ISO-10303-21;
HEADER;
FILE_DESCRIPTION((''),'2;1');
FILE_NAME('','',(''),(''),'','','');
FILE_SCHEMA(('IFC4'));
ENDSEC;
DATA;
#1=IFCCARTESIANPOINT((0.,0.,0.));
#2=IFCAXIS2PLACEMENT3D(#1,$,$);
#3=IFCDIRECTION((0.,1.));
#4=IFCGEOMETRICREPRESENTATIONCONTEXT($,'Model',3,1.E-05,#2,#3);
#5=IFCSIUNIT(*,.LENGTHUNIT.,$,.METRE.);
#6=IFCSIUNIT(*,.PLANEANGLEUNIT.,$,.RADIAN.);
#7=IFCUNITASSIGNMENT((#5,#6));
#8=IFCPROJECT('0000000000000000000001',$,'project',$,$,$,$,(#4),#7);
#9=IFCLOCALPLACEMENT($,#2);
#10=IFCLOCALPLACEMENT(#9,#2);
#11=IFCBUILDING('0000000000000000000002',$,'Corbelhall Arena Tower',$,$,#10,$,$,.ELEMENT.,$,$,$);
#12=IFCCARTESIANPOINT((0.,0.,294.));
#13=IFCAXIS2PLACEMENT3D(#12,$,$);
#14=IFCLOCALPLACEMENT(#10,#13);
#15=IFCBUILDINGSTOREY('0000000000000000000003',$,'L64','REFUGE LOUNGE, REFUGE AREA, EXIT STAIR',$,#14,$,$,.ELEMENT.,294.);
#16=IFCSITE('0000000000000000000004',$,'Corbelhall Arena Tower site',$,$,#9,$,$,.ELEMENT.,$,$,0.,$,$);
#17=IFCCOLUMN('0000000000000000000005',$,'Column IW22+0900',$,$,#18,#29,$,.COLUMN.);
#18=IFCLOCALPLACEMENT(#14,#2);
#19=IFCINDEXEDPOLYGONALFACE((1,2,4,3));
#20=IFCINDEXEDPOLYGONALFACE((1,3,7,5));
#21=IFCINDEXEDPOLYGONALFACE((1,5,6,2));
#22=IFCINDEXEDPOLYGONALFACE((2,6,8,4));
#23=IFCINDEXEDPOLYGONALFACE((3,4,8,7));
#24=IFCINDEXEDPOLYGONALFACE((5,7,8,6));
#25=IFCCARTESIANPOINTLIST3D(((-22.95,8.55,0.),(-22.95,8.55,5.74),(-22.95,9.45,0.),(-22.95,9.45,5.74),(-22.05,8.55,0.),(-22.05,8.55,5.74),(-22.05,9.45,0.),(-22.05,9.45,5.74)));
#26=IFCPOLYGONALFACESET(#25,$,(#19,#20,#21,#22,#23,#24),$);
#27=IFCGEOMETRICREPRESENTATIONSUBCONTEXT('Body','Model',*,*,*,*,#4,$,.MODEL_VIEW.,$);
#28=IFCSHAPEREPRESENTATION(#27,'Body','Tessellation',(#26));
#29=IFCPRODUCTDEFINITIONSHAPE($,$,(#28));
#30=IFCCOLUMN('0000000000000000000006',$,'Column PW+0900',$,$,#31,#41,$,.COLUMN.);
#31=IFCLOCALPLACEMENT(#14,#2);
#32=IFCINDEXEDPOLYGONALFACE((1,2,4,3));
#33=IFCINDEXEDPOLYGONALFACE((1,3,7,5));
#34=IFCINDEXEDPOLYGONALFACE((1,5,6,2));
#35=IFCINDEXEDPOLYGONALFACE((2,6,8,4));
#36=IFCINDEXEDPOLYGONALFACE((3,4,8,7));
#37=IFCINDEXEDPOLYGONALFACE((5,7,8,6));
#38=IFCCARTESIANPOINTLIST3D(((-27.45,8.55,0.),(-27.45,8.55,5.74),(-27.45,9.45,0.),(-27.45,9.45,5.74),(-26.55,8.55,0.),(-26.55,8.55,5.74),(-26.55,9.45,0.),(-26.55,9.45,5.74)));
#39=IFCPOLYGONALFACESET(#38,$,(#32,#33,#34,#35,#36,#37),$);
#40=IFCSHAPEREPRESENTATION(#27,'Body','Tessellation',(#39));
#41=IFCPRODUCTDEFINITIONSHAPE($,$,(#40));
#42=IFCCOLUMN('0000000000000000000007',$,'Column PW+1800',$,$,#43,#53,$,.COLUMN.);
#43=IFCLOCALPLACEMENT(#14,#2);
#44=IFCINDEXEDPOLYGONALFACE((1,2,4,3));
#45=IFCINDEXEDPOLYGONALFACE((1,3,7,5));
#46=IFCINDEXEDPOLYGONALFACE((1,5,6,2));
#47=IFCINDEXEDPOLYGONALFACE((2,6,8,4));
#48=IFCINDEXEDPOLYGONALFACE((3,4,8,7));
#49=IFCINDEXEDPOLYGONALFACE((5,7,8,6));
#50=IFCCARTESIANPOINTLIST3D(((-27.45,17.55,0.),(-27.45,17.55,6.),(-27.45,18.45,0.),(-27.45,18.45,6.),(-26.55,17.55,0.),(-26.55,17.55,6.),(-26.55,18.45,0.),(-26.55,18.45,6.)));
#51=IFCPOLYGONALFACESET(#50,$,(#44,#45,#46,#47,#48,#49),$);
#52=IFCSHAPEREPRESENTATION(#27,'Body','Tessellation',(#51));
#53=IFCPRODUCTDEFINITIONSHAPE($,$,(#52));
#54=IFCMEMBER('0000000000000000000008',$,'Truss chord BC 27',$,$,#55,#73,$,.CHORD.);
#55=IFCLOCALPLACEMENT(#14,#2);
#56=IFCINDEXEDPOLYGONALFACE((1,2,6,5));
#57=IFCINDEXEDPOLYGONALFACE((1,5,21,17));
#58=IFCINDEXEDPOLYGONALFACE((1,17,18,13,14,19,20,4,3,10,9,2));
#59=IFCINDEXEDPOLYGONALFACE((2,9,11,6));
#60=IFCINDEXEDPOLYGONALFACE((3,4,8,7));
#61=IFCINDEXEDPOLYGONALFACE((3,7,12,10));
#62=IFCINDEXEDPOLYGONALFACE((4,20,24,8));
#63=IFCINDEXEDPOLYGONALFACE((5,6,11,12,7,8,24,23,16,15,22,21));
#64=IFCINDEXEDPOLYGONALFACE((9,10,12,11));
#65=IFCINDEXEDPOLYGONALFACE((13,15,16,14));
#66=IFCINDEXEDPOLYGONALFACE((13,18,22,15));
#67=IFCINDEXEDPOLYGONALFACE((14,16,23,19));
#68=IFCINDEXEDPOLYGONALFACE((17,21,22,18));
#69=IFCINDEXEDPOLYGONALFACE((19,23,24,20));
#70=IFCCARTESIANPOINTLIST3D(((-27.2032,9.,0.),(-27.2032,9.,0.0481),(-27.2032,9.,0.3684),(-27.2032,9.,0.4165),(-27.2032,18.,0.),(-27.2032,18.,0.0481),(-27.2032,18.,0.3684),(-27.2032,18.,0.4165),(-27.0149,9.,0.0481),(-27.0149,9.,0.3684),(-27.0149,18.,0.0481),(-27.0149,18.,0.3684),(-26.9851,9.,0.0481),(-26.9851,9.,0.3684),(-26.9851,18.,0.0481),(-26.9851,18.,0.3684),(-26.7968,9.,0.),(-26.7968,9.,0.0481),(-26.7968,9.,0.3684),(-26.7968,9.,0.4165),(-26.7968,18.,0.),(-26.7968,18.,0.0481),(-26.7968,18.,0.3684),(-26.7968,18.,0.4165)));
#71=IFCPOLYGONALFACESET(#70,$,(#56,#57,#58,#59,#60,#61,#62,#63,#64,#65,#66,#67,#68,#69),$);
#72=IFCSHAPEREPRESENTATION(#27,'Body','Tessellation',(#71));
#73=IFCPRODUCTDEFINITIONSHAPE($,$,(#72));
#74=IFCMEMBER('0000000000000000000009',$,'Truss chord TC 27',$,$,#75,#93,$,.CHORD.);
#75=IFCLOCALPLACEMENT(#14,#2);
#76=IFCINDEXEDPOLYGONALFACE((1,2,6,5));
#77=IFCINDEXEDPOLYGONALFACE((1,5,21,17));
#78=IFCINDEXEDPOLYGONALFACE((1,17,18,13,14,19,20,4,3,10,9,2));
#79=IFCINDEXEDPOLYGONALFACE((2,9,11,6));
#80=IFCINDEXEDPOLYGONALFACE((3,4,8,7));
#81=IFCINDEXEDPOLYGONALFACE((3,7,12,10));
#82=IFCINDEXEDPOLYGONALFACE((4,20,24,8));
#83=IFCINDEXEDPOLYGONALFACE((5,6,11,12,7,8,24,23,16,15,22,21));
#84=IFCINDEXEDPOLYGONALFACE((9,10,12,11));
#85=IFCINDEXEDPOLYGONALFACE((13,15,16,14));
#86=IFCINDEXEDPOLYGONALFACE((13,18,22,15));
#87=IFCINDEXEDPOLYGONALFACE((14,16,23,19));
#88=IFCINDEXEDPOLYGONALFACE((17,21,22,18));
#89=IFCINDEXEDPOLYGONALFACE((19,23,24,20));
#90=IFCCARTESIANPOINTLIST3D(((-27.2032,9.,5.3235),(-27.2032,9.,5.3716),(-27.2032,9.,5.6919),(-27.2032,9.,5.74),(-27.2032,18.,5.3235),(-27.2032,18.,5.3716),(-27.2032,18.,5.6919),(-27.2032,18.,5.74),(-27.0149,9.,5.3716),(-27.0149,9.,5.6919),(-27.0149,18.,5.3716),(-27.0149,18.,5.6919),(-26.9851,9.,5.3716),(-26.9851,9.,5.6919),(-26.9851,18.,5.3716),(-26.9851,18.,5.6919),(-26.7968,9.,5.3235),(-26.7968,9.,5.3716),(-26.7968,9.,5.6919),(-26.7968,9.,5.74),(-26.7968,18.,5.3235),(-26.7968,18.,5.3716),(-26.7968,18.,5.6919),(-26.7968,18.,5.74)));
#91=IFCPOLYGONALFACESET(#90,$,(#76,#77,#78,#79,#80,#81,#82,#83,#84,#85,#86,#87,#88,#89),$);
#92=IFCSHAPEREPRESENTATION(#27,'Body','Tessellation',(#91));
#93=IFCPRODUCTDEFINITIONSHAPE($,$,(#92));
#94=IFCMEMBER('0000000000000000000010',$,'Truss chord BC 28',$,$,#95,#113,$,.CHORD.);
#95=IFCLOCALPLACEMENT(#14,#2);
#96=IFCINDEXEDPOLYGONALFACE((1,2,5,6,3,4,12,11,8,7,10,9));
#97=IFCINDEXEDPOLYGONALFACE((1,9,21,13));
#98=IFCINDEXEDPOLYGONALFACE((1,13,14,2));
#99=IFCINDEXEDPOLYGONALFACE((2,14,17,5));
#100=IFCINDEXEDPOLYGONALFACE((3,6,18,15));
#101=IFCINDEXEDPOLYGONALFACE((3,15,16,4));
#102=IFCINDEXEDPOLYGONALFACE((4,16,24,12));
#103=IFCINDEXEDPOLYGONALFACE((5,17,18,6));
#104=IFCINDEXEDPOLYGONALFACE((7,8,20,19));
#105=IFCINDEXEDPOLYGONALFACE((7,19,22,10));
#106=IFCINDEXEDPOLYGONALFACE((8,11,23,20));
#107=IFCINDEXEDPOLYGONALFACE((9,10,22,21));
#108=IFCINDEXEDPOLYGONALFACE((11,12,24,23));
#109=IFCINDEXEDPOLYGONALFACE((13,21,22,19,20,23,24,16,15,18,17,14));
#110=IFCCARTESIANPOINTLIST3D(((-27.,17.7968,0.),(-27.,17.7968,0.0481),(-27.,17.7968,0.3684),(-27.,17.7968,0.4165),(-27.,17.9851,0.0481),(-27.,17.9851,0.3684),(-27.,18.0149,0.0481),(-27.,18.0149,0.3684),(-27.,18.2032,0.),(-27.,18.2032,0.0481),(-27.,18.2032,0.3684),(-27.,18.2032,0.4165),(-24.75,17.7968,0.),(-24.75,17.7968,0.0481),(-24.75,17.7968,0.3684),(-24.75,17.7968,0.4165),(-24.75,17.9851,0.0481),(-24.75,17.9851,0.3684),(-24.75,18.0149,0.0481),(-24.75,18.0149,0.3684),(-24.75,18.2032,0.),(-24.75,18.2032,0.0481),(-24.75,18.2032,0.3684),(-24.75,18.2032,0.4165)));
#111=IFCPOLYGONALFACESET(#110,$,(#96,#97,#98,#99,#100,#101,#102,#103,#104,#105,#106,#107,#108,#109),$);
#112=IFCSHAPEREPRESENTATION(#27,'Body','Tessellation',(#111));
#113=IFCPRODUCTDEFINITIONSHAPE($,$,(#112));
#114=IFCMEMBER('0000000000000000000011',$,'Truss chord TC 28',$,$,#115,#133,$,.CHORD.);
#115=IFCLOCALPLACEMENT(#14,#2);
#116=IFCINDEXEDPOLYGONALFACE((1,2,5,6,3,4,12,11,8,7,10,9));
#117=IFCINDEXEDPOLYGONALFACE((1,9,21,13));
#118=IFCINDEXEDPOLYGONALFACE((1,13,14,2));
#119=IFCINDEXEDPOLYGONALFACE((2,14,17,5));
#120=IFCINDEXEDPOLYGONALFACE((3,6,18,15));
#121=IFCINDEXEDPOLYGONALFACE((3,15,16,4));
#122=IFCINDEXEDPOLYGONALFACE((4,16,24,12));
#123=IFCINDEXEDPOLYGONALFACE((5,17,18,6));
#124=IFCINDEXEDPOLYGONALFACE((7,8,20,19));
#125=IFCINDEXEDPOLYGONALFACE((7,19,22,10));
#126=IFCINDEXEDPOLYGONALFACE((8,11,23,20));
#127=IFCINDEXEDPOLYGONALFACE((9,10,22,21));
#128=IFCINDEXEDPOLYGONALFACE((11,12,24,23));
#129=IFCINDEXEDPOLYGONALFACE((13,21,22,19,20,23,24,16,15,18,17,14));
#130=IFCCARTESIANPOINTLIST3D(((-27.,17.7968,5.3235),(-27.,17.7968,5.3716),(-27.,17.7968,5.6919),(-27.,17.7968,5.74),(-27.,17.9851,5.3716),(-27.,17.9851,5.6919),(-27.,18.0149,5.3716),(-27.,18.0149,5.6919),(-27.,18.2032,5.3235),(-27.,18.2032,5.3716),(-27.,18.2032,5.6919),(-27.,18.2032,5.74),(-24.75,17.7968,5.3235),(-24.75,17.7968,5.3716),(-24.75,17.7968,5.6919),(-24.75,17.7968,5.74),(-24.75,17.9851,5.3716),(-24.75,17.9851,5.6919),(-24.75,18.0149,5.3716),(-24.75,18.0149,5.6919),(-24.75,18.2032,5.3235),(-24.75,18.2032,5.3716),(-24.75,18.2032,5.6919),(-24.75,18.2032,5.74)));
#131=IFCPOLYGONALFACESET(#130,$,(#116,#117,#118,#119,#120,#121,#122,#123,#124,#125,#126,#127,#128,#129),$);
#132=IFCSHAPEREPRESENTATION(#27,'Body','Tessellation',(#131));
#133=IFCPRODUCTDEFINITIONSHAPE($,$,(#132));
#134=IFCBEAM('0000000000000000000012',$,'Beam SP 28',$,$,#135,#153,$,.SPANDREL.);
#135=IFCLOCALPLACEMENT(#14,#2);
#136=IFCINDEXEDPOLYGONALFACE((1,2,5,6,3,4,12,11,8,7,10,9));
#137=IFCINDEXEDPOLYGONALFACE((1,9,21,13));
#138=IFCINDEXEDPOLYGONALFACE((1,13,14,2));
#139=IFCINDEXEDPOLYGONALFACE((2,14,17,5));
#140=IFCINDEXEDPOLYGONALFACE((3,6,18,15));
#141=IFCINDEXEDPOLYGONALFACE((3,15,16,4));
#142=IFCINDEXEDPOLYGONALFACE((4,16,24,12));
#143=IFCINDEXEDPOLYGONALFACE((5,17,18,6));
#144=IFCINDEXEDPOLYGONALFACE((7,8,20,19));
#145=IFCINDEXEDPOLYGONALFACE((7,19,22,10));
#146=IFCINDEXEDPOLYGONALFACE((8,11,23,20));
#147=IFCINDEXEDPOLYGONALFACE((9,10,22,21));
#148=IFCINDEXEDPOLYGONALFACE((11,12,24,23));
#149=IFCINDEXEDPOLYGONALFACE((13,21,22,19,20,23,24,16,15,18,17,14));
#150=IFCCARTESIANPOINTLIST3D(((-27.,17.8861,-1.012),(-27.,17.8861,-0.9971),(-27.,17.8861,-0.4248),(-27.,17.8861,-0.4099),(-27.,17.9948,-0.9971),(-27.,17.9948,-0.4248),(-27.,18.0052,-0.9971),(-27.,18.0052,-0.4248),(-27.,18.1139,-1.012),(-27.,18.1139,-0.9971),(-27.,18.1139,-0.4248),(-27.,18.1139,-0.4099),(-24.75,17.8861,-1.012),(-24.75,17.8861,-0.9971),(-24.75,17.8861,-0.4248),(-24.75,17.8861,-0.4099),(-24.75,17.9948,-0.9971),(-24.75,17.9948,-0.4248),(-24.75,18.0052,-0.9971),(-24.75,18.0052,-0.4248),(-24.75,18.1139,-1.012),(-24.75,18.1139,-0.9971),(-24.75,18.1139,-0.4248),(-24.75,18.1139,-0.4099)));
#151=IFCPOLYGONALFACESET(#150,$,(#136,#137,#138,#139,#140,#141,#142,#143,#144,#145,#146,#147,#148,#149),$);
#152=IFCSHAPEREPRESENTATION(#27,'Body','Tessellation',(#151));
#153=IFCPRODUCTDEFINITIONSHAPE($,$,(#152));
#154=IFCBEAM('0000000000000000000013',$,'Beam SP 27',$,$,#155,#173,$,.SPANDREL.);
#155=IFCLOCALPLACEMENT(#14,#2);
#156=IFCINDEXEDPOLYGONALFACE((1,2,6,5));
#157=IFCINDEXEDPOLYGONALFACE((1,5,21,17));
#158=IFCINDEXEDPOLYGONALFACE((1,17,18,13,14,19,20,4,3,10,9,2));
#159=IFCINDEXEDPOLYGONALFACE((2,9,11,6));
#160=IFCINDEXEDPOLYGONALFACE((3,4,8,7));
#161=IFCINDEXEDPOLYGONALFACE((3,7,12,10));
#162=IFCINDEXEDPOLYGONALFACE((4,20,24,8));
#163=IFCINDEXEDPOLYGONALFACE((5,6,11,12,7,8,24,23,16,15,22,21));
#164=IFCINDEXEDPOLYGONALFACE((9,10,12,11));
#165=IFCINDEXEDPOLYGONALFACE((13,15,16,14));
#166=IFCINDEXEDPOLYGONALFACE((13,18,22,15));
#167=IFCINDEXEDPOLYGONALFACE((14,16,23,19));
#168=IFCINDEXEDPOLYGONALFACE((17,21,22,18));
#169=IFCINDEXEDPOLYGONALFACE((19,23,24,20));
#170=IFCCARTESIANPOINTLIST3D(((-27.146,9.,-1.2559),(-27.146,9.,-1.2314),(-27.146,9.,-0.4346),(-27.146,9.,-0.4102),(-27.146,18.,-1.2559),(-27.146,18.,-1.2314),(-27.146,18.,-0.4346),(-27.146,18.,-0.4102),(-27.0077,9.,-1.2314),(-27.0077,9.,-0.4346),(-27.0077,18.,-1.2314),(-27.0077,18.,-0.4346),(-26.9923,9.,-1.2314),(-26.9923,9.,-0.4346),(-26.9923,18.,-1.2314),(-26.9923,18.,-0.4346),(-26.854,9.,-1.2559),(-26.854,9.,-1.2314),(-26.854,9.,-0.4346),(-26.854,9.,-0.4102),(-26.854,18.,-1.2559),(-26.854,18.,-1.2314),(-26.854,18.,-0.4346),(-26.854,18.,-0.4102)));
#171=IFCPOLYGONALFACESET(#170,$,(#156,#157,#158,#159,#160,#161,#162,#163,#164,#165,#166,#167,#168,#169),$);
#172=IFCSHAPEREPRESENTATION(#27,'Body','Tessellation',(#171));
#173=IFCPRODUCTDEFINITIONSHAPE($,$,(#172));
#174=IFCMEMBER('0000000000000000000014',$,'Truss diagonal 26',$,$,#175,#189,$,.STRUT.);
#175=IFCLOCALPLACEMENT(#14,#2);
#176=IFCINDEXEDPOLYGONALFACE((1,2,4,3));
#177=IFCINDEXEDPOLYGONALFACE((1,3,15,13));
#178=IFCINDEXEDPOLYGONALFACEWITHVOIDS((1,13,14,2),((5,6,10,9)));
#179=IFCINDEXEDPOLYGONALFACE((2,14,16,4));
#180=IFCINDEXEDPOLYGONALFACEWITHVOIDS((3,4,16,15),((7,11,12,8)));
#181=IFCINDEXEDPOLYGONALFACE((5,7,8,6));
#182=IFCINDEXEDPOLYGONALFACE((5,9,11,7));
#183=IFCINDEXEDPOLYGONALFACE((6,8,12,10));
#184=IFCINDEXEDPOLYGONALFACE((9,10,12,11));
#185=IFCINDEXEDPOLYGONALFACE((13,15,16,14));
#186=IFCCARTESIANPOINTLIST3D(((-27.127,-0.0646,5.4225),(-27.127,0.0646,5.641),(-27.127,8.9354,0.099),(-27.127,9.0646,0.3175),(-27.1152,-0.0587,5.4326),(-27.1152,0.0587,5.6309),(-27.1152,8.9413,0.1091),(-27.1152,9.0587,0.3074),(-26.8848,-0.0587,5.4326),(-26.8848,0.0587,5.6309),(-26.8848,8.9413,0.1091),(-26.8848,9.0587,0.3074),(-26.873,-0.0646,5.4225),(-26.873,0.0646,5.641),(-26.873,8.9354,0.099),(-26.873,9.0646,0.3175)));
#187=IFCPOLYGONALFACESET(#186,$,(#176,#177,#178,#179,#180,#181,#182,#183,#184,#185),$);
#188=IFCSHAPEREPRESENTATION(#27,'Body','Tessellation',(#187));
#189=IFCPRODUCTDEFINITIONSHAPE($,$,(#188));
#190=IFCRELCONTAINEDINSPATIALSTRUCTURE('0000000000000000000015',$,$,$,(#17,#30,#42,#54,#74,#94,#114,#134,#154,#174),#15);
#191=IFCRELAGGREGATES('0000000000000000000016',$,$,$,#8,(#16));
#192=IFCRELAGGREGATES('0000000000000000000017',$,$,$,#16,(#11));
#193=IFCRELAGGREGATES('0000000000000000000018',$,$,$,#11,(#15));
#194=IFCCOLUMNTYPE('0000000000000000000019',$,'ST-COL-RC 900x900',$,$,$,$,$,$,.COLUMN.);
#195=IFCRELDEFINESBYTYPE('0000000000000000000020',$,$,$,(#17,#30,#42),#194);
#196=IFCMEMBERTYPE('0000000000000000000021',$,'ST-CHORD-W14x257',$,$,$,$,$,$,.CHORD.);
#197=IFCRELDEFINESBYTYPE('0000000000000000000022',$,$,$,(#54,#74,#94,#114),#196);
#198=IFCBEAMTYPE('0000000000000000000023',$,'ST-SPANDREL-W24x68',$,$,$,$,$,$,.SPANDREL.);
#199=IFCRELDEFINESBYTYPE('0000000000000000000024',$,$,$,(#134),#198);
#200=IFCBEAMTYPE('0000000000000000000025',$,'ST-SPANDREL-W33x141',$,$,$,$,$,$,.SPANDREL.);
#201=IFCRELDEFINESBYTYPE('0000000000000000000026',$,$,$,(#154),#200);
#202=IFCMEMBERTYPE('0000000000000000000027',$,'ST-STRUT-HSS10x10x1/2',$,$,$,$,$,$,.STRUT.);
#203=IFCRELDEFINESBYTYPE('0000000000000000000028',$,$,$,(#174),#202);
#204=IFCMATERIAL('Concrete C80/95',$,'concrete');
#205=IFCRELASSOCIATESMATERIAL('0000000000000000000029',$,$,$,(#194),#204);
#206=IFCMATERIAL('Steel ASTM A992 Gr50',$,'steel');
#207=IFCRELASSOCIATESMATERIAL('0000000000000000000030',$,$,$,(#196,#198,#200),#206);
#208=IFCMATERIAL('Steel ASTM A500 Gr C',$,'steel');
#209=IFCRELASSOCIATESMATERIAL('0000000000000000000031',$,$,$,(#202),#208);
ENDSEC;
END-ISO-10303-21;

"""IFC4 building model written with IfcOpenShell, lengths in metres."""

from ifc_helpers import new_model, si_unit, direction, frame, origin, origin_2d, place, context, subcontext, project, spatial, rectangle, hollow_rectangle, i_section, extrude, material, material_profile, profile_set, type_object, element, save


model = new_model("IFC4")

# Units and contexts
model_context = context("Model", 3, precision=1e-05, world=origin(), true_north=direction((0.0, 1.0)))
body_context = subcontext(model_context, "Body", "Model", "MODEL_VIEW")
ifc_project = project(units=[si_unit("LENGTHUNIT", "METRE"), si_unit("PLANEANGLEUNIT", "RADIAN")], contexts=[model_context])

# Site, building, storey
site_placement = place(None, origin())
site = spatial("IfcSite", under=ifc_project, at=site_placement, Name="Corbelhall Arena Tower site", CompositionType="ELEMENT", RefElevation=0.0)
building_placement = place(site_placement, origin())
building = spatial("IfcBuilding", under=site, at=building_placement, Name="Corbelhall Arena Tower", CompositionType="ELEMENT")
storey_placement = place(building_placement, frame((0.0, 0.0, 294.0)))
storey = spatial("IfcBuildingStorey", under=building, at=storey_placement, Name="L64", Description="REFUGE LOUNGE, REFUGE AREA, EXIT STAIR", CompositionType="ELEMENT", Elevation=294.0)

# Columns
ifc_material_1 = material(Name="Concrete C80/95", Category="concrete")
ifc_material_profile_1 = material_profile(ifc_material_1, rectangle(XDim=0.8999, YDim=0.8999, at=origin_2d()))
ifc_profile_set_1 = profile_set([ifc_material_profile_1], Name="Concrete C80/95")
column_type = type_object("IfcColumnType", Name="ST-COL-RC 900x900", PredefinedType="COLUMN", material=ifc_profile_set_1)
for number, where, z_axis, x_axis, name in (
    (1, (-22.5, 9.0, 0.0), (0.0, 0.0, 1.0), (1.0, 0.0, 0.0), "Column IW22+0900"),
    (2, (-27.0, 9.0, 0.0), (0.0, 0.0, 1.0), (0.0, 1.0, 0.0), "Column PW+0900"),
):
    element("IfcColumn", number, at=place(storey_placement, frame(where, z_axis=z_axis, x_axis=x_axis)), inside=storey, type_object=column_type, Name=name, PredefinedType="COLUMN", context=body_context, shape_type="SweptSolid", body=[
        extrude(rectangle(XDim=0.8999, YDim=0.8999, at=origin_2d()), origin(), (0.0, 0.0, 1.0), 5.74),
    ])
column_placement = place(storey_placement, frame((-27.0, 18.0, 0.0), z_axis=(0.0, 0.0, 1.0), x_axis=(0.0, 1.0, 0.0)))
element("IfcColumn", 3, at=column_placement, inside=storey, type_object=column_type, Name="Column PW+1800", PredefinedType="COLUMN", context=body_context, shape_type="SweptSolid", body=[
    extrude(rectangle(XDim=0.8999, YDim=0.8999, at=origin_2d()), origin(), (0.0, 0.0, 1.0), 6.0),
])

# Members
ifc_material_2 = material(Name="Steel ASTM A992 Gr50", Category="steel")
ifc_material_profile_2 = material_profile(ifc_material_2, i_section(OverallWidth=0.4065, OverallDepth=0.4165, WebThickness=0.0298, FlangeThickness=0.0481, at=origin_2d()))
ifc_profile_set_2 = profile_set([ifc_material_profile_2], Name="Steel ASTM A992 Gr50")
member_type_1 = type_object("IfcMemberType", Name="ST-CHORD-W14x257", PredefinedType="CHORD", material=ifc_profile_set_2)
for number, where, z_axis, x_axis, name in (
    (4, (-27.0, 9.0, 0.2083), (0.0, 1.0, 0.0), (-1.0, 0.0, 0.0), "Truss chord BC 27"),
    (5, (-27.0, 9.0, 5.5317), (0.0, 1.0, 0.0), (-1.0, 0.0, 0.0), "Truss chord TC 27"),
):
    element("IfcMember", number, at=place(storey_placement, frame(where, z_axis=z_axis, x_axis=x_axis)), inside=storey, type_object=member_type_1, Name=name, PredefinedType="CHORD", context=body_context, shape_type="SweptSolid", body=[
        extrude(i_section(OverallWidth=0.4065, OverallDepth=0.4165, WebThickness=0.0298, FlangeThickness=0.0481, at=origin_2d()), origin(), (0.0, 0.0, 1.0), 9.0),
    ])
for number, where, z_axis, x_axis, name in (
    (6, (-27.0, 18.0, 0.2083), (1.0, 0.0, 0.0), (0.0, 1.0, 0.0), "Truss chord BC 28"),
    (7, (-27.0, 18.0, 5.5317), (1.0, 0.0, 0.0), (0.0, 1.0, 0.0), "Truss chord TC 28"),
):
    element("IfcMember", number, at=place(storey_placement, frame(where, z_axis=z_axis, x_axis=x_axis)), inside=storey, type_object=member_type_1, Name=name, PredefinedType="CHORD", context=body_context, shape_type="SweptSolid", body=[
        extrude(i_section(OverallWidth=0.4065, OverallDepth=0.4165, WebThickness=0.0298, FlangeThickness=0.0481, at=origin_2d()), origin(), (0.0, 0.0, 1.0), 2.25),
    ])

# Beams
ifc_material_profile_3 = material_profile(ifc_material_2, i_section(OverallWidth=0.2278, OverallDepth=0.6021, WebThickness=0.0105, FlangeThickness=0.0149, at=origin_2d()))
ifc_profile_set_3 = profile_set([ifc_material_profile_3], Name="Steel ASTM A992 Gr50")
beam_type_1 = type_object("IfcBeamType", Name="ST-SPANDREL-W24x68", PredefinedType="SPANDREL", material=ifc_profile_set_3)
beam_1_placement = place(storey_placement, frame((-27.0, 18.0, -0.7109), z_axis=(1.0, 0.0, 0.0), x_axis=(0.0, 1.0, 0.0)))
element("IfcBeam", 8, at=beam_1_placement, inside=storey, type_object=beam_type_1, Name="Beam SP 28", PredefinedType="SPANDREL", context=body_context, shape_type="SweptSolid", body=[
    extrude(i_section(OverallWidth=0.2278, OverallDepth=0.6021, WebThickness=0.0105, FlangeThickness=0.0149, at=origin_2d()), origin(), (0.0, 0.0, 1.0), 2.25),
])
ifc_material_profile_4 = material_profile(ifc_material_2, i_section(OverallWidth=0.292, OverallDepth=0.8457, WebThickness=0.0154, FlangeThickness=0.0244, at=origin_2d()))
ifc_profile_set_4 = profile_set([ifc_material_profile_4], Name="Steel ASTM A992 Gr50")
beam_type_2 = type_object("IfcBeamType", Name="ST-SPANDREL-W33x141", PredefinedType="SPANDREL", material=ifc_profile_set_4)
beam_2_placement = place(storey_placement, frame((-27.0, 9.0, -0.833), z_axis=(0.0, 1.0, 0.0), x_axis=(-1.0, 0.0, 0.0)))
element("IfcBeam", 9, at=beam_2_placement, inside=storey, type_object=beam_type_2, Name="Beam SP 27", PredefinedType="SPANDREL", context=body_context, shape_type="SweptSolid", body=[
    extrude(i_section(OverallWidth=0.292, OverallDepth=0.8457, WebThickness=0.0154, FlangeThickness=0.0244, at=origin_2d()), origin(), (0.0, 0.0, 1.0), 9.0),
])

# Member
ifc_material_3 = material(Name="Steel ASTM A500 Gr C", Category="steel")
ifc_material_profile_5 = material_profile(ifc_material_3, hollow_rectangle(XDim=0.2539, YDim=0.2539, WallThickness=0.0117, at=origin_2d()))
ifc_profile_set_5 = profile_set([ifc_material_profile_5], Name="Steel ASTM A500 Gr C")
member_type_2 = type_object("IfcMemberType", Name="ST-STRUT-HSS10x10x1/2", PredefinedType="STRUT", material=ifc_profile_set_5)
for number, where, z_axis, x_axis, name in (
    (10, (-27.0, 9.0, 0.2083), (0.0, -0.860704, 0.509105), (1.0, 0.0, 0.0), "Truss diagonal 26"),
):
    element("IfcMember", number, at=place(storey_placement, frame(where, z_axis=z_axis, x_axis=x_axis)), inside=storey, type_object=member_type_2, Name=name, PredefinedType="STRUT", context=body_context, shape_type="SweptSolid", body=[
        extrude(hollow_rectangle(XDim=0.2539, YDim=0.2539, WallThickness=0.0117, at=origin_2d()), origin(), (0.0, 0.0, 1.0), 10.4565),
    ])

save(model, "model.ifc")
